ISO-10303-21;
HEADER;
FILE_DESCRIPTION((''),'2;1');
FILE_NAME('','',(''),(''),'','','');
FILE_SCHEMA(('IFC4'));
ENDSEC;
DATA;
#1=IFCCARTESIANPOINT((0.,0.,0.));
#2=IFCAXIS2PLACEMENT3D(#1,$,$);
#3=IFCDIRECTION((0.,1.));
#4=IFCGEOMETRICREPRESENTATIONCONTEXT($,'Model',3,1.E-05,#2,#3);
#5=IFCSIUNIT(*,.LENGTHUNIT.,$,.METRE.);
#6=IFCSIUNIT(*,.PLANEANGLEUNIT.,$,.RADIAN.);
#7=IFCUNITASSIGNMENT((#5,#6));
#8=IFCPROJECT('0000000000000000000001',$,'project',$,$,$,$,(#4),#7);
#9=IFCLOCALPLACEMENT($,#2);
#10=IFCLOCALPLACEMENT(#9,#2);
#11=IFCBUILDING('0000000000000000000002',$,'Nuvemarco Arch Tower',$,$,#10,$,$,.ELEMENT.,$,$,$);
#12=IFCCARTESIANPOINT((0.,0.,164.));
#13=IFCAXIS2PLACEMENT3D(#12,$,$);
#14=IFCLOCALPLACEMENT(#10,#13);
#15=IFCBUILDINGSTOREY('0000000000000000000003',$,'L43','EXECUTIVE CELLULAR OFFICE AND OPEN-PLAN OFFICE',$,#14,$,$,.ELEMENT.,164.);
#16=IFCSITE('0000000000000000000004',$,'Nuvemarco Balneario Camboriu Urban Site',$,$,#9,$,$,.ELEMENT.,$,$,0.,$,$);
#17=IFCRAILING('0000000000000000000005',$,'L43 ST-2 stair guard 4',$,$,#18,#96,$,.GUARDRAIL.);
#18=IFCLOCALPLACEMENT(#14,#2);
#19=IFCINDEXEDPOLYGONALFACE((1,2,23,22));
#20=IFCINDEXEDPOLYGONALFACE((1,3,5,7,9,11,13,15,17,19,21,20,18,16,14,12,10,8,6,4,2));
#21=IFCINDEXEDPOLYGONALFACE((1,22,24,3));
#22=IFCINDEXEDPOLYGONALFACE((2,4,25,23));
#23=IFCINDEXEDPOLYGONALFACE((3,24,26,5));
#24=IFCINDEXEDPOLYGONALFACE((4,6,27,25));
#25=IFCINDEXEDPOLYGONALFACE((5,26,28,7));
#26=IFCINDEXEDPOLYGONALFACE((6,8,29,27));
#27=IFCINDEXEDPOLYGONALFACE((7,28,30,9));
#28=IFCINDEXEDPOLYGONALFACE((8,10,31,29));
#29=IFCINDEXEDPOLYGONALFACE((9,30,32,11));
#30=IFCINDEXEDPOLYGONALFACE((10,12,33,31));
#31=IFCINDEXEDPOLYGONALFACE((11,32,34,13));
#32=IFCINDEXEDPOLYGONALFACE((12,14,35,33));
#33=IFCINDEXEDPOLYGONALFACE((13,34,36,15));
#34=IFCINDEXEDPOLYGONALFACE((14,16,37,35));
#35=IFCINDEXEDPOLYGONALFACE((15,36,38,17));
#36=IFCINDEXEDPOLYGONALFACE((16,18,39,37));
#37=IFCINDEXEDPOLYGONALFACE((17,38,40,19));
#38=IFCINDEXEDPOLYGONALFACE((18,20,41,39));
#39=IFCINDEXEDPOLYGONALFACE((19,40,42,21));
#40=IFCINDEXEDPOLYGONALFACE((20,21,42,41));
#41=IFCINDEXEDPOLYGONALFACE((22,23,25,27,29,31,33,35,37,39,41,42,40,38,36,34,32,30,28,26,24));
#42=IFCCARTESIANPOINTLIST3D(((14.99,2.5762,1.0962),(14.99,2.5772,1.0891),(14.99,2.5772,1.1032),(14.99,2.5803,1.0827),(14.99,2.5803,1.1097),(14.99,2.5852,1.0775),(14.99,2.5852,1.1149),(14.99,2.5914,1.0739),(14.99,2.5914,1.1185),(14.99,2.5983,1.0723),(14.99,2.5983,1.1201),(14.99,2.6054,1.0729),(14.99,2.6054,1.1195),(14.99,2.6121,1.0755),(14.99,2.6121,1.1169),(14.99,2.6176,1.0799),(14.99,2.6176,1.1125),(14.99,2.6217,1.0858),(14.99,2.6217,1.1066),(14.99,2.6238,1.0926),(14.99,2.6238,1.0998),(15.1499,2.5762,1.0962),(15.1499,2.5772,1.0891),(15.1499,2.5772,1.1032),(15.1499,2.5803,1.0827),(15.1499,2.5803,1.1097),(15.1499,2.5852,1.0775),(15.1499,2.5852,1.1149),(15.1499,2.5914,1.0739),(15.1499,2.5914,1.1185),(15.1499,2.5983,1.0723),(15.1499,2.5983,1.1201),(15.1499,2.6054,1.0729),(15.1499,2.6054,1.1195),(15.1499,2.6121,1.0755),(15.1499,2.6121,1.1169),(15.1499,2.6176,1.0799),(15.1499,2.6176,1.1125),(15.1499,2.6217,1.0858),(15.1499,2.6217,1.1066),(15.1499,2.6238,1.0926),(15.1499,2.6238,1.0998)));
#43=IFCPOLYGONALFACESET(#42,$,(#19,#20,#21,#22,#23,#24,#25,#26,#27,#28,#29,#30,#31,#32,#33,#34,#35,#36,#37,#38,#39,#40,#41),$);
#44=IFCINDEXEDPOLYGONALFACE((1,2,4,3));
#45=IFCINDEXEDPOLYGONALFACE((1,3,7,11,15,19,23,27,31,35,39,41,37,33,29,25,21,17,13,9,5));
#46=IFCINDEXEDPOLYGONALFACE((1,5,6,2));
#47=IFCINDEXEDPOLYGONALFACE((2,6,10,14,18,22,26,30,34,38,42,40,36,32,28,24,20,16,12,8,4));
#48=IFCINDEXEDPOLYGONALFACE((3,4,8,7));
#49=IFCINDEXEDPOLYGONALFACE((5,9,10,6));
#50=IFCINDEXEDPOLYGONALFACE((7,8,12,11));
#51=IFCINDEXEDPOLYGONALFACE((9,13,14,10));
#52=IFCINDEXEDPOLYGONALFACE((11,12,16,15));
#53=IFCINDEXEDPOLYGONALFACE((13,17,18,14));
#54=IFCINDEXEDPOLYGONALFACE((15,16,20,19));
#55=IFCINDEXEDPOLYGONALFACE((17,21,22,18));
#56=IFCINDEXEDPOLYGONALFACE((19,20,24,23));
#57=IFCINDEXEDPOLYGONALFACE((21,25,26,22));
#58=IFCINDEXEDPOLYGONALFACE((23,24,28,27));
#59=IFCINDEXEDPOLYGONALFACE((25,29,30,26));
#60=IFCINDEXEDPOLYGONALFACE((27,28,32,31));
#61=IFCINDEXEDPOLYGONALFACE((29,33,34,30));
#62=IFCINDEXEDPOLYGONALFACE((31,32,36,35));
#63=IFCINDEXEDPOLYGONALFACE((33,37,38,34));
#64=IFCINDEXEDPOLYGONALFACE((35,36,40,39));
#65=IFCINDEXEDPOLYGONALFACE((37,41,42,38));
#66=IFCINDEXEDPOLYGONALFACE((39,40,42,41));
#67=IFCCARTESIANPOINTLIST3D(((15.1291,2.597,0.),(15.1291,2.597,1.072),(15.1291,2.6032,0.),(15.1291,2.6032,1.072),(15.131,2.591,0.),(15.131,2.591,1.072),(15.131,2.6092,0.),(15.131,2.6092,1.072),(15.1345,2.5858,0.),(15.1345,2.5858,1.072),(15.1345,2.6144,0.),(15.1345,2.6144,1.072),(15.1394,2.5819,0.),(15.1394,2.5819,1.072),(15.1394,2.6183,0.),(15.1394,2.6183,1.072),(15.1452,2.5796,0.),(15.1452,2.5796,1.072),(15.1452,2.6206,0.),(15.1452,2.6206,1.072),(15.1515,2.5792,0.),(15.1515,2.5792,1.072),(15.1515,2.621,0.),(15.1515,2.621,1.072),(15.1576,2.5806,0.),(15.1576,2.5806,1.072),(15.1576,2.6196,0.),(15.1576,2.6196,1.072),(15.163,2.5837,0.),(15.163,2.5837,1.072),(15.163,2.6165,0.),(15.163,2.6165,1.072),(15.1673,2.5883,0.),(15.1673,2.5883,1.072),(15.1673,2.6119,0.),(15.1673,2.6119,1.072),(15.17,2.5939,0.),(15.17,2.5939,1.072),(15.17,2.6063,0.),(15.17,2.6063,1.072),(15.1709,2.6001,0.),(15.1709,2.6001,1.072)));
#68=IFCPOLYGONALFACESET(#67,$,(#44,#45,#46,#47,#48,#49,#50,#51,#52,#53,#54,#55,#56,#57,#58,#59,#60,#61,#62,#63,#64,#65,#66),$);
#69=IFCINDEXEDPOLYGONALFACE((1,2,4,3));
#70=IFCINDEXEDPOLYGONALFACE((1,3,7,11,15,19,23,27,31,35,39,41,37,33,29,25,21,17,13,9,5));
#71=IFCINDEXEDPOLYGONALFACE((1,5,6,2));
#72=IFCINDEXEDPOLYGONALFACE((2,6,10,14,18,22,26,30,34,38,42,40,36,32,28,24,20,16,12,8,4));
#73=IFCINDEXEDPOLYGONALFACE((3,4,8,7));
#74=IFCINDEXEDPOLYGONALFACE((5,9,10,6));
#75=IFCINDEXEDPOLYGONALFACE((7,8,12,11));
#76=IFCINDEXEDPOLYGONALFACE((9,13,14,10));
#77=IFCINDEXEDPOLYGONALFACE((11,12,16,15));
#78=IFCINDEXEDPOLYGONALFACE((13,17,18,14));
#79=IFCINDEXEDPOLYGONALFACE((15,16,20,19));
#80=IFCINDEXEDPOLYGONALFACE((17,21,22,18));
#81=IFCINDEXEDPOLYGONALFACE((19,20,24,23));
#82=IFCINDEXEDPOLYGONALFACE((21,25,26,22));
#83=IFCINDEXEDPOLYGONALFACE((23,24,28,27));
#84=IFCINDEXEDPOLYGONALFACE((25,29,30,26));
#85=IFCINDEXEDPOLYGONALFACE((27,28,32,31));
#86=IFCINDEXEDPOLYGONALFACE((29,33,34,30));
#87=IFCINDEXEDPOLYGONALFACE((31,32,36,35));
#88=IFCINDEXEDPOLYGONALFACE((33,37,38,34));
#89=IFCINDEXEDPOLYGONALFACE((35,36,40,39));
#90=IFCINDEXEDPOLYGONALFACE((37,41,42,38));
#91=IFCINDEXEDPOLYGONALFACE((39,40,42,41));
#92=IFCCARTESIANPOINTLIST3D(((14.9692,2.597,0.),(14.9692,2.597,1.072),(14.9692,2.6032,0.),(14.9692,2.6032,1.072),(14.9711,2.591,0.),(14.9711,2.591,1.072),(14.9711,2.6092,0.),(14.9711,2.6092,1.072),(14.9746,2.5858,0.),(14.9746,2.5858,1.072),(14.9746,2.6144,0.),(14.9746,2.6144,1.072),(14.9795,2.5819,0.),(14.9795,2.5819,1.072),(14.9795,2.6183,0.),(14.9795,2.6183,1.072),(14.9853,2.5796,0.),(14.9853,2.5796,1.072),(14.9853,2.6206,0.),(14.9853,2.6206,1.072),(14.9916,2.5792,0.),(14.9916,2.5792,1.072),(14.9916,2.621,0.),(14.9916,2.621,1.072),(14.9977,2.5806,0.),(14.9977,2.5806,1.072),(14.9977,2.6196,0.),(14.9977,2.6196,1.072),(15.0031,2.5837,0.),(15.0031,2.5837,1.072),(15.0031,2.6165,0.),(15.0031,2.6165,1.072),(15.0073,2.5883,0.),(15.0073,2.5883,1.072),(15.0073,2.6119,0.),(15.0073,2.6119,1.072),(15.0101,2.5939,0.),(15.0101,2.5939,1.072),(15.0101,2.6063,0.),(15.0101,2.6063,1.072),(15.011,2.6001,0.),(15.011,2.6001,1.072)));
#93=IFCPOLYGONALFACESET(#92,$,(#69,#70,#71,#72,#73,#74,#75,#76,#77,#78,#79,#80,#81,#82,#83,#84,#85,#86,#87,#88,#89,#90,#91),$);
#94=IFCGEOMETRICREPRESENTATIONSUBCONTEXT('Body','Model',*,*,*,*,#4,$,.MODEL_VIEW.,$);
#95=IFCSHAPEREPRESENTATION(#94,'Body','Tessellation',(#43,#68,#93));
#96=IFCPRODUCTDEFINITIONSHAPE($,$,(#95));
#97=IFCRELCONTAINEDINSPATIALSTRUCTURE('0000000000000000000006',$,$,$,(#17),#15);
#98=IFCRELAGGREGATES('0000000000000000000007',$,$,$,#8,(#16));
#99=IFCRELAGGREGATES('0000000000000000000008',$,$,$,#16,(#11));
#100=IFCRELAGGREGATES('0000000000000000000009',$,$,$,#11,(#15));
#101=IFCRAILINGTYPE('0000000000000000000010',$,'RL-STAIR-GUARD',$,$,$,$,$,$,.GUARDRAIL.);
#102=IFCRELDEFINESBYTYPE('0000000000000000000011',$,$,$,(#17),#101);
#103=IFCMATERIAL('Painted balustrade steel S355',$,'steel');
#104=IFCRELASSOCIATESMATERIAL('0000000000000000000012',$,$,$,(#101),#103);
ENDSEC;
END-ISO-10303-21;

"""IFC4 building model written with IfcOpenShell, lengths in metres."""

from ifc_helpers import new_model, si_unit, direction, frame, origin, origin_2d, place, context, subcontext, project, spatial, circle, extrude, material, type_object, element, save


model = new_model("IFC4")

# Units and contexts
model_context = context("Model", 3, precision=1e-05, world=origin(), true_north=direction((0.0, 1.0)))
body_context = subcontext(model_context, "Body", "Model", "MODEL_VIEW")
ifc_project = project(units=[si_unit("LENGTHUNIT", "METRE"), si_unit("PLANEANGLEUNIT", "RADIAN")], contexts=[model_context])

# Site, building, storey
site_placement = place(None, origin())
site = spatial("IfcSite", under=ifc_project, at=site_placement, Name="Nuvemarco Balneario Camboriu Urban Site", CompositionType="ELEMENT", RefElevation=0.0)
building_placement = place(site_placement, origin())
building = spatial("IfcBuilding", under=site, at=building_placement, Name="Nuvemarco Arch Tower", CompositionType="ELEMENT")
storey_placement = place(building_placement, frame((0.0, 0.0, 164.0)))
storey = spatial("IfcBuildingStorey", under=building, at=storey_placement, Name="L43", Description="EXECUTIVE CELLULAR OFFICE AND OPEN-PLAN OFFICE", CompositionType="ELEMENT", Elevation=164.0)

# Railing
ifc_material_1 = material(Name="Painted balustrade steel S355", Category="steel")
railing_type_1 = type_object("IfcRailingType", Name="RL-STAIR-GUARD", PredefinedType="GUARDRAIL", material=ifc_material_1)
railing_1_placement = place(storey_placement, frame((15.1499, 2.6001, 0.0)))
element("IfcRailing", 1, at=railing_1_placement, inside=storey, type_object=railing_type_1, Name="L43 ST-2 stair guard 4", PredefinedType="GUARDRAIL", context=body_context, shape_type="SweptSolid", body=[
    extrude(circle(Radius=0.0239, at=origin_2d()), frame((0.0, 0.0, 1.0962), z_axis=(-1.0, 0.0, 0.0), x_axis=(0.0, -1.0, 0.0)), (0.0, 0.0, 1.0), 0.1599),
    extrude(circle(Radius=0.021, at=origin_2d()), origin(), (0.0, 0.0, 1.0), 1.072),
    extrude(circle(Radius=0.021, at=origin_2d()), frame((-0.1599, 0.0, 0.0)), (0.0, 0.0, 1.0), 1.072),
])

save(model, "model.ifc")
